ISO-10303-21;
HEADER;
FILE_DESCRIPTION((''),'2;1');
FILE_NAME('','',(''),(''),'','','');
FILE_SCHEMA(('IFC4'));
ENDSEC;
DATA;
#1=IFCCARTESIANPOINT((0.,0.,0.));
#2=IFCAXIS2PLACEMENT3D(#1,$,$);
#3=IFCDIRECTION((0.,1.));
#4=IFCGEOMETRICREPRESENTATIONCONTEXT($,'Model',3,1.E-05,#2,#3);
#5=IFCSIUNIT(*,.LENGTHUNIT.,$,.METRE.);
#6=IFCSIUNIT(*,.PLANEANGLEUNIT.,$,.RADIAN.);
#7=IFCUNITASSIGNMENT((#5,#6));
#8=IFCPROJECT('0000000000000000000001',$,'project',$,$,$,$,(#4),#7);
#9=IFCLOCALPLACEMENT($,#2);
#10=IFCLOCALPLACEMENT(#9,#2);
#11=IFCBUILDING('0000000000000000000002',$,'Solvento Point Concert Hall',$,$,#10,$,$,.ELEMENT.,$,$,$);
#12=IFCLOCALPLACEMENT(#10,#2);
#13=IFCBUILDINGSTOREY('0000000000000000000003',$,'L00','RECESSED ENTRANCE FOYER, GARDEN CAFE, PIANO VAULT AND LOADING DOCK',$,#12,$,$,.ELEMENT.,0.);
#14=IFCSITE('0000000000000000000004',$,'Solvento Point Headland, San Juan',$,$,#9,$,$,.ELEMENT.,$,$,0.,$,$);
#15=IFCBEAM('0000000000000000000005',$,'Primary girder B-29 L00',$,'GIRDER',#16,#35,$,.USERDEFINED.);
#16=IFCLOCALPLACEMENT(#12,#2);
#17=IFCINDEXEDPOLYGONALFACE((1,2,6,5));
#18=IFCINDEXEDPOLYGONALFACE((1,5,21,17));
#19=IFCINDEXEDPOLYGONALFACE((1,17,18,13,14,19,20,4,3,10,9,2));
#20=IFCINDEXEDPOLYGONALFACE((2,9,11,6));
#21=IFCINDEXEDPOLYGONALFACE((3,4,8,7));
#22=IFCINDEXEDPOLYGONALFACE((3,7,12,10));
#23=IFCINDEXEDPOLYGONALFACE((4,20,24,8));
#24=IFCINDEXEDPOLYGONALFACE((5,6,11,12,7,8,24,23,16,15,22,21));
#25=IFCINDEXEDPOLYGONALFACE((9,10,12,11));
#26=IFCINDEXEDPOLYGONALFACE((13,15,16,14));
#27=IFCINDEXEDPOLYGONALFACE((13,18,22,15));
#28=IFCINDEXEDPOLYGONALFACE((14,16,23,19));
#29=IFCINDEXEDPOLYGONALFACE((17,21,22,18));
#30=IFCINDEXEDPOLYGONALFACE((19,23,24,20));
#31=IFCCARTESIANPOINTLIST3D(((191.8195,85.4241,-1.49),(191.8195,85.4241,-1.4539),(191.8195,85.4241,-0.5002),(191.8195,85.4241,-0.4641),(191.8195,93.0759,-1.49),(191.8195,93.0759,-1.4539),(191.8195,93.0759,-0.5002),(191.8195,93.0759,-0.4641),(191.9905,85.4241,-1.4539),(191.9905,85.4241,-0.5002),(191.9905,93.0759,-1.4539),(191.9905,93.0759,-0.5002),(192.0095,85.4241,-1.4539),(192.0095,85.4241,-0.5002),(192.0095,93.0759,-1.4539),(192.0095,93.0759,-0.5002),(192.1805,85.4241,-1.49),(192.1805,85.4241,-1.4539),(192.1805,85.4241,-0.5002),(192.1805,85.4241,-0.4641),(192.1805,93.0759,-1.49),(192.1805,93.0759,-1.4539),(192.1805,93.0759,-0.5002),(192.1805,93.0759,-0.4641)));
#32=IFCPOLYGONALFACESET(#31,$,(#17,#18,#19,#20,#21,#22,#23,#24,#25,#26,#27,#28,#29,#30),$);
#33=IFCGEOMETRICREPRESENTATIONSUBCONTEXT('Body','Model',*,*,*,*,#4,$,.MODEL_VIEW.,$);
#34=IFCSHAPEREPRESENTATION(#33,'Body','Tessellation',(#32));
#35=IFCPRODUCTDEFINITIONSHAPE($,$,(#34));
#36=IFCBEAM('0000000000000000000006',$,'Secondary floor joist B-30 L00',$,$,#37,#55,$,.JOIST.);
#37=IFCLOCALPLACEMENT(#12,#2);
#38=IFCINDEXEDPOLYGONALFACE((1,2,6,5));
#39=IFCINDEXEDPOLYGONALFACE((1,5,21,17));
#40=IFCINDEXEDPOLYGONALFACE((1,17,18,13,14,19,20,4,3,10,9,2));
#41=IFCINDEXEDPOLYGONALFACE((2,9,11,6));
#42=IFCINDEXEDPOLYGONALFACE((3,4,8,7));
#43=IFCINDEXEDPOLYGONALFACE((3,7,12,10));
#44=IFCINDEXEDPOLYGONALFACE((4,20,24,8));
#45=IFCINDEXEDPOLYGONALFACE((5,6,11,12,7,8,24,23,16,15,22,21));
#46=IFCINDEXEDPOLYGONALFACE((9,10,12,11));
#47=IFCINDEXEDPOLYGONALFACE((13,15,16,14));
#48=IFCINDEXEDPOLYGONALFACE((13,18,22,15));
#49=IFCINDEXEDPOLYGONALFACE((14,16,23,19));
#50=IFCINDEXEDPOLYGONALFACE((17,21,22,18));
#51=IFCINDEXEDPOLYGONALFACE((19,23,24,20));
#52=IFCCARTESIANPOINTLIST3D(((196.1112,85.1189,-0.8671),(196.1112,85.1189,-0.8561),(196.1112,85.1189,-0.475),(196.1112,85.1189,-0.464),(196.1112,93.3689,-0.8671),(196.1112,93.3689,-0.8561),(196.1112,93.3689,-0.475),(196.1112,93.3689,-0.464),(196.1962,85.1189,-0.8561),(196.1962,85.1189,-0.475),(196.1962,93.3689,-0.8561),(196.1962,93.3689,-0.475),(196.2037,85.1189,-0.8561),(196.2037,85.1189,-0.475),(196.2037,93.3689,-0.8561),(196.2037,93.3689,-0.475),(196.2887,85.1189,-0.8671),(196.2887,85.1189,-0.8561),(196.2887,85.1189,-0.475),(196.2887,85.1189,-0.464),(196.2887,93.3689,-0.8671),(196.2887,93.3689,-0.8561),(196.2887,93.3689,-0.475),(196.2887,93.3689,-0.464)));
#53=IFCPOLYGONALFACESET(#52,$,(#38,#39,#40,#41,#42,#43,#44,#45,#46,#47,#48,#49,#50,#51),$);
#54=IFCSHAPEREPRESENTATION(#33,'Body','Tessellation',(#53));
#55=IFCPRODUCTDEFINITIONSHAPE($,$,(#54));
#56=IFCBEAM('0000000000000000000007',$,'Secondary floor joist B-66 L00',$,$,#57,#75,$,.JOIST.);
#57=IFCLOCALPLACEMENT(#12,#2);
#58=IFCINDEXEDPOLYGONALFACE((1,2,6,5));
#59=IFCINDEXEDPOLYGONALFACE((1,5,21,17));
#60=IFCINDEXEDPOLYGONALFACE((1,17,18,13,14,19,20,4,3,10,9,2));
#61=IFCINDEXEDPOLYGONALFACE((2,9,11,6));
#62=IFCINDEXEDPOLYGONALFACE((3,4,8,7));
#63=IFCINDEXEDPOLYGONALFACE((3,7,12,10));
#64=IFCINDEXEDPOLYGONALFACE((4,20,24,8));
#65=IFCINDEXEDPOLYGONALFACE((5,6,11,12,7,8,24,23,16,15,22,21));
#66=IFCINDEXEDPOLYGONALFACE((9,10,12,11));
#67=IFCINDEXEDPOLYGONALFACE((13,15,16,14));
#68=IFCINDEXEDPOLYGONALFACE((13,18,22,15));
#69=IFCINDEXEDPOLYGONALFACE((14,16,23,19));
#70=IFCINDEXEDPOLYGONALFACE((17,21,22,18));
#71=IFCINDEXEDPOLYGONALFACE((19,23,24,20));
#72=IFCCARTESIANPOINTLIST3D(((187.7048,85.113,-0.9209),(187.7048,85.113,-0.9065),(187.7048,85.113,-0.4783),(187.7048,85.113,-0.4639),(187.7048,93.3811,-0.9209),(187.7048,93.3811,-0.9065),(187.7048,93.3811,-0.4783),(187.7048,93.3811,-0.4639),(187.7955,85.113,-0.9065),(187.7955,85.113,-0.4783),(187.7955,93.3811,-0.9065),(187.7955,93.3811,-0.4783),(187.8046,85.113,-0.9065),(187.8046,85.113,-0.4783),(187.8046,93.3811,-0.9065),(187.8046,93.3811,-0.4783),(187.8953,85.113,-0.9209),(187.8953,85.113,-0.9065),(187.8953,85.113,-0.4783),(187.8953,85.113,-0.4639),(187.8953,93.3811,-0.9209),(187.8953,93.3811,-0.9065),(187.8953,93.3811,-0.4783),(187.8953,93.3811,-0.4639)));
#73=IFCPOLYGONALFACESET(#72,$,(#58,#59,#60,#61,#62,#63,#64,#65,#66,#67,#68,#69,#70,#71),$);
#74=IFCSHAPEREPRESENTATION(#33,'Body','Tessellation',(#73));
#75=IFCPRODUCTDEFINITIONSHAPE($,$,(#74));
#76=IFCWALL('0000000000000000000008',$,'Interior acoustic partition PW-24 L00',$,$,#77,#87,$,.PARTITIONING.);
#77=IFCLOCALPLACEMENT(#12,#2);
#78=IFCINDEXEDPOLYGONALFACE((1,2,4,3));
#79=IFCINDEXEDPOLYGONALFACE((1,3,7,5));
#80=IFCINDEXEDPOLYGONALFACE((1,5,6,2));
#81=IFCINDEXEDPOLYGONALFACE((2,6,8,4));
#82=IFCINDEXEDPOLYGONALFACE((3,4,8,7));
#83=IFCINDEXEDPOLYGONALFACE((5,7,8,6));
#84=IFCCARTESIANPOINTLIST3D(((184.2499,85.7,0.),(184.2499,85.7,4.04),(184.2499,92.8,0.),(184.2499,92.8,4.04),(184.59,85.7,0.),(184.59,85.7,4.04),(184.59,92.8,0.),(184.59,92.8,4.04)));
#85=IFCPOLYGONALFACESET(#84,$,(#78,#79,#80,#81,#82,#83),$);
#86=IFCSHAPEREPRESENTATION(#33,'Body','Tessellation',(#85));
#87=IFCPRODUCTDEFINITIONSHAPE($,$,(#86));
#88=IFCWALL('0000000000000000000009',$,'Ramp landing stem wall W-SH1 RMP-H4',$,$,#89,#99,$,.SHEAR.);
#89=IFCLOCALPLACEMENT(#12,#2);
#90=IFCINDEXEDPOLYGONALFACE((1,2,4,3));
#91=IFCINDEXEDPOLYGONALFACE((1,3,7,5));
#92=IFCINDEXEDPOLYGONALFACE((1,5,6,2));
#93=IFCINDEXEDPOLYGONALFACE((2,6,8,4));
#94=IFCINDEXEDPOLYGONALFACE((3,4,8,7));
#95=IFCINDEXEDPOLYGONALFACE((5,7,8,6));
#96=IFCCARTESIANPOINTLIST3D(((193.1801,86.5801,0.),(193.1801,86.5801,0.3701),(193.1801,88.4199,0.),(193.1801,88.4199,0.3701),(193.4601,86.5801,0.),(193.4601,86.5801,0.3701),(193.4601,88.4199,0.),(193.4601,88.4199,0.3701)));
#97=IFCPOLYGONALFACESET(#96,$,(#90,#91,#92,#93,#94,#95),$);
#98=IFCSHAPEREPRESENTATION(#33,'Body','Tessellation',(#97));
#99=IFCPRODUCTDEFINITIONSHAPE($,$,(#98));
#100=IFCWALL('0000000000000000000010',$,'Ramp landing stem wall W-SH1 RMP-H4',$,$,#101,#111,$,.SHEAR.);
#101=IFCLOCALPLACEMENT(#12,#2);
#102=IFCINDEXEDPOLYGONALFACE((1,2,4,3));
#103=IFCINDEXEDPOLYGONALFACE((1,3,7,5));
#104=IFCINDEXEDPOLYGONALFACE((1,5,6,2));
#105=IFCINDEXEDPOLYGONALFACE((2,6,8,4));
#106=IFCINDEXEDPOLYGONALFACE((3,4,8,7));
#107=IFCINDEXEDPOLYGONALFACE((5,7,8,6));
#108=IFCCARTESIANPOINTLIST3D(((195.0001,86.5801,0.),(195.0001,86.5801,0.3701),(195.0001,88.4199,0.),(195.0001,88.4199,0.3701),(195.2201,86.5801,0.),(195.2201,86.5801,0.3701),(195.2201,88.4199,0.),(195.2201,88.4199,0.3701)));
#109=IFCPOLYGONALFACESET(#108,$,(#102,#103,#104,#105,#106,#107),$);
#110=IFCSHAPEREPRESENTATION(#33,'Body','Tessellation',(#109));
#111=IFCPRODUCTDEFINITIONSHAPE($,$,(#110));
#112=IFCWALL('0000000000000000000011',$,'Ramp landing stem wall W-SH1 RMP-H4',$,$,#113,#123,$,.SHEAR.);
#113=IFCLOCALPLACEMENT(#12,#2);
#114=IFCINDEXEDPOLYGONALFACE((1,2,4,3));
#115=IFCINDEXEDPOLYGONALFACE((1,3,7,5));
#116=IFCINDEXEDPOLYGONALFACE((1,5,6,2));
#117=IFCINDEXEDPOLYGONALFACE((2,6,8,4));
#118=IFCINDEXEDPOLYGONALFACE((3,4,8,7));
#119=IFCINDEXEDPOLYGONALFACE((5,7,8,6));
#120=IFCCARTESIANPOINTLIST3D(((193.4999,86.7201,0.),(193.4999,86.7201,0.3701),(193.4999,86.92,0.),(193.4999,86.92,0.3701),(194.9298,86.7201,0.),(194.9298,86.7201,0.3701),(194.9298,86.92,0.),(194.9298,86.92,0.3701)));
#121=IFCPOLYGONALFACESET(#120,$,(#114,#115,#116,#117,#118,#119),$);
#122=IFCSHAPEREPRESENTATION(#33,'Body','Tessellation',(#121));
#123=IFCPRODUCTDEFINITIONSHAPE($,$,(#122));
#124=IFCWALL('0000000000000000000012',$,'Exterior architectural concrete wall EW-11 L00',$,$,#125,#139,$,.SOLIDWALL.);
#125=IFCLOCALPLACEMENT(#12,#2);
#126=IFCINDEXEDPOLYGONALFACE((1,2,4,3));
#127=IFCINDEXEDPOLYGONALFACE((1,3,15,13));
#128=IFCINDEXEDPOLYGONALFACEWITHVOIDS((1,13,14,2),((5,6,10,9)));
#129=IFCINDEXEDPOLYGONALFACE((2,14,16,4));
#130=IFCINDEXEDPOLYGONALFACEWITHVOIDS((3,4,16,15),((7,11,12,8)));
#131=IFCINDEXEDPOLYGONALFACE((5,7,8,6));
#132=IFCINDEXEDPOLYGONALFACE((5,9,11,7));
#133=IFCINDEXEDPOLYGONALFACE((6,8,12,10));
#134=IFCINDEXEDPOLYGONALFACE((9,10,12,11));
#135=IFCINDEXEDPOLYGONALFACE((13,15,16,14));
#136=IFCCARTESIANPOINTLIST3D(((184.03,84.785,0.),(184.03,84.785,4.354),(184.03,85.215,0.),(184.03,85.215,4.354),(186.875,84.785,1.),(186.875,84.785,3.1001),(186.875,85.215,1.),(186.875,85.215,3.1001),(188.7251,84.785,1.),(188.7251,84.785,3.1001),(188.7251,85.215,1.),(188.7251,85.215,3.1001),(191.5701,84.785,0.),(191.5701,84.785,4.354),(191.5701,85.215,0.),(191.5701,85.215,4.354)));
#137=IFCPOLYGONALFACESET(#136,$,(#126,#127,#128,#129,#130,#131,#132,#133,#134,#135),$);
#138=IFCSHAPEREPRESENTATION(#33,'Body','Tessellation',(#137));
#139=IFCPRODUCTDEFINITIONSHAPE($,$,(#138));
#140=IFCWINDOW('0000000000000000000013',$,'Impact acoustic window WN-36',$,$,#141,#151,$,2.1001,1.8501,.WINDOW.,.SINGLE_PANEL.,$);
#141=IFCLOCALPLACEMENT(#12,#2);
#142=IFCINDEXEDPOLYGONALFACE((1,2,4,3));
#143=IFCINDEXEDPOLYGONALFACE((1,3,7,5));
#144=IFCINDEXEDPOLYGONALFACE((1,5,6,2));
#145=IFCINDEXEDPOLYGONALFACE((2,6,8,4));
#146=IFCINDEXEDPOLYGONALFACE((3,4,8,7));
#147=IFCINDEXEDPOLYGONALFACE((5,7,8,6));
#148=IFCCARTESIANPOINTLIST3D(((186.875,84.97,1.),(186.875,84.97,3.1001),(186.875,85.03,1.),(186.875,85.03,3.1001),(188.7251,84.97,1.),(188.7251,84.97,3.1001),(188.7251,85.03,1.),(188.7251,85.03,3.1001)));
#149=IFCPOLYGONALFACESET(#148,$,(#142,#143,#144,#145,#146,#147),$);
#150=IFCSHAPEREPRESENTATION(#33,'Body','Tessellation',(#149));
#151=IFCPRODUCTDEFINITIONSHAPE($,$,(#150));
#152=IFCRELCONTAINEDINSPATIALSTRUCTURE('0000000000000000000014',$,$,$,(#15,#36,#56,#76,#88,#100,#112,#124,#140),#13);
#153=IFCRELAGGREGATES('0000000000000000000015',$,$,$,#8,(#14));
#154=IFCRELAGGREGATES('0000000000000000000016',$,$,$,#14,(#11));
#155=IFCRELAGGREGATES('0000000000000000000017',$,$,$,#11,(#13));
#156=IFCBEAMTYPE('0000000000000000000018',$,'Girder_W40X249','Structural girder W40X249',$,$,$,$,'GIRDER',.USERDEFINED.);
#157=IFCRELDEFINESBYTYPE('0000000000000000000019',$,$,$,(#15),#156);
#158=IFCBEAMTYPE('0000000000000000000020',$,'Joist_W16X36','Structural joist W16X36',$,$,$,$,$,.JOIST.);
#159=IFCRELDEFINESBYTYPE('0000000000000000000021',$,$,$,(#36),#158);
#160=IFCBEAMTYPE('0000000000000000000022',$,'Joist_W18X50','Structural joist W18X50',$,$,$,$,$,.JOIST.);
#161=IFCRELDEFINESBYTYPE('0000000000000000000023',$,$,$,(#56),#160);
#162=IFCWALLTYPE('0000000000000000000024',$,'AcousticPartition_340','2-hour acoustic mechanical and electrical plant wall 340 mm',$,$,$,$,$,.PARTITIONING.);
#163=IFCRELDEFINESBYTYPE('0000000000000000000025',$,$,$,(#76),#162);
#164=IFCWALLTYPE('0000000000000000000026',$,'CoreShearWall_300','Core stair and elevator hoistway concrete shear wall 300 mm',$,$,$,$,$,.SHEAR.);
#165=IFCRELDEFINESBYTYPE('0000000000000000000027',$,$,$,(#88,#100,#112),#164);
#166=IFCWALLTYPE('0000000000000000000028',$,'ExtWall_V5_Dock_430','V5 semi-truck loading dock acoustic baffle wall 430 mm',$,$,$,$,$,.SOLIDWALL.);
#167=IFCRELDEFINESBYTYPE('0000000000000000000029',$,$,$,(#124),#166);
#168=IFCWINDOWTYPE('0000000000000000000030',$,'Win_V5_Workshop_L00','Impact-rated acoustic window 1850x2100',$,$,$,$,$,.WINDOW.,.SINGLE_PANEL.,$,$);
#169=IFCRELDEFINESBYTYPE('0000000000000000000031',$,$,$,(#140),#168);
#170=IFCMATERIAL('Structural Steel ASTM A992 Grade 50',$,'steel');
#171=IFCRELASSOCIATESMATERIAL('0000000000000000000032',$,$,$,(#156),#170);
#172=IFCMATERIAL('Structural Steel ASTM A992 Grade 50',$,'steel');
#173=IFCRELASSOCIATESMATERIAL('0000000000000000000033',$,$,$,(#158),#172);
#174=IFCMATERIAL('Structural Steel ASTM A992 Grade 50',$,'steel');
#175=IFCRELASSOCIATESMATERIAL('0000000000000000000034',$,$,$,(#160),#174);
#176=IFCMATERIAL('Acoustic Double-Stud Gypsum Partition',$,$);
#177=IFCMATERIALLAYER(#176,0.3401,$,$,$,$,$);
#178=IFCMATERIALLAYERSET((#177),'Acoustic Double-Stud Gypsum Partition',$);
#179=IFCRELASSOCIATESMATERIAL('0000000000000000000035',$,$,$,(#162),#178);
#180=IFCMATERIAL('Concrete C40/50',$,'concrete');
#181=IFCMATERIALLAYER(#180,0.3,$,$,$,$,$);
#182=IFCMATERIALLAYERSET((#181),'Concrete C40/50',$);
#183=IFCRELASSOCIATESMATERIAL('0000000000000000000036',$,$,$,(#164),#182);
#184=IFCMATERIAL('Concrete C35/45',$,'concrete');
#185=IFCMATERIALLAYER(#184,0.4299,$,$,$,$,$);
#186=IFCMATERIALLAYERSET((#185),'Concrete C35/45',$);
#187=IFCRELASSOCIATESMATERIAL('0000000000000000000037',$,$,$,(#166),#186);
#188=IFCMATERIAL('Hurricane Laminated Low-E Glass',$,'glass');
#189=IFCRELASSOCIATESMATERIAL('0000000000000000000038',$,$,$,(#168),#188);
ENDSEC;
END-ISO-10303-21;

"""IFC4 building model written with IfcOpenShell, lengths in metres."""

from ifc_helpers import new_model, si_unit, direction, frame, frame_2d, origin, origin_2d, place, context, subcontext, project, spatial, rectangle, i_section, extrude, material, layer, layer_set, material_profile, profile_set, type_object, element, fill, save


model = new_model("IFC4")

# Units and contexts
model_context = context("Model", 3, precision=1e-05, world=origin(), true_north=direction((0.0, 1.0)))
body_context = subcontext(model_context, "Body", "Model", "MODEL_VIEW")
ifc_project = project(units=[si_unit("LENGTHUNIT", "METRE"), si_unit("PLANEANGLEUNIT", "RADIAN")], contexts=[model_context])

# Site, building, storey
site_placement = place(None, origin())
site = spatial("IfcSite", under=ifc_project, at=site_placement, Name="Solvento Point Headland, San Juan", CompositionType="ELEMENT", RefElevation=0.0)
building_placement = place(site_placement, origin())
building = spatial("IfcBuilding", under=site, at=building_placement, Name="Solvento Point Concert Hall", CompositionType="ELEMENT")
storey_placement = place(building_placement, origin())
storey = spatial("IfcBuildingStorey", under=building, at=storey_placement, Name="L00", Description="RECESSED ENTRANCE FOYER, GARDEN CAFE, PIANO VAULT AND LOADING DOCK", CompositionType="ELEMENT", Elevation=0.0)

# Beams
ifc_material_1 = material(Name="Structural Steel ASTM A992 Grade 50", Category="steel")
ifc_material_profile_1 = material_profile(ifc_material_1, i_section(OverallWidth=0.3611, OverallDepth=1.0259, WebThickness=0.019, FlangeThickness=0.0361, at=origin_2d()), Name="W40X249")
ifc_profile_set_1 = profile_set([ifc_material_profile_1], Name="Structural Steel ASTM A992 Grade 50")
beam_type_1 = type_object("IfcBeamType", Name="Girder_W40X249", Description="Structural girder W40X249", ElementType="GIRDER", PredefinedType="USERDEFINED", material=ifc_profile_set_1)
beam_1_placement = place(storey_placement, frame((192.0, 85.4241, -0.9771), z_axis=(0.0, 1.0, 0.0), x_axis=(-1.0, 0.0, 0.0)))
element("IfcBeam", 1, at=beam_1_placement, inside=storey, type_object=beam_type_1, Name="Primary girder B-29 L00", ObjectType="GIRDER", PredefinedType="USERDEFINED", context=body_context, shape_type="SweptSolid", body=[
    extrude(i_section(OverallWidth=0.3611, OverallDepth=1.0259, WebThickness=0.019, FlangeThickness=0.0361, at=origin_2d()), origin(), (0.0, 0.0, 1.0), 7.6519),
])
ifc_material_2 = material(Name="Structural Steel ASTM A992 Grade 50", Category="steel")
ifc_material_profile_2 = material_profile(ifc_material_2, i_section(OverallWidth=0.1775, OverallDepth=0.4031, WebThickness=0.0076, FlangeThickness=0.011, at=origin_2d()), Name="W16X36")
ifc_profile_set_2 = profile_set([ifc_material_profile_2], Name="Structural Steel ASTM A992 Grade 50")
beam_type_2 = type_object("IfcBeamType", Name="Joist_W16X36", Description="Structural joist W16X36", PredefinedType="JOIST", material=ifc_profile_set_2)
beam_2_placement = place(storey_placement, frame((196.2, 85.1189, -0.6655), z_axis=(0.0, 1.0, 0.0), x_axis=(-1.0, 0.0, 0.0)))
element("IfcBeam", 2, at=beam_2_placement, inside=storey, type_object=beam_type_2, Name="Secondary floor joist B-30 L00", PredefinedType="JOIST", context=body_context, shape_type="SweptSolid", body=[
    extrude(i_section(OverallWidth=0.1775, OverallDepth=0.4031, WebThickness=0.0076, FlangeThickness=0.011, at=origin_2d()), origin(), (0.0, 0.0, 1.0), 8.25),
])
ifc_material_3 = material(Name="Structural Steel ASTM A992 Grade 50", Category="steel")
ifc_material_profile_3 = material_profile(ifc_material_3, i_section(OverallWidth=0.1904, OverallDepth=0.457, WebThickness=0.009, FlangeThickness=0.0144, at=origin_2d()), Name="W18X50")
ifc_profile_set_3 = profile_set([ifc_material_profile_3], Name="Structural Steel ASTM A992 Grade 50")
beam_type_3 = type_object("IfcBeamType", Name="Joist_W18X50", Description="Structural joist W18X50", PredefinedType="JOIST", material=ifc_profile_set_3)
beam_3_placement = place(storey_placement, frame((187.8, 85.113, -0.6924), z_axis=(0.0, 1.0, 0.0), x_axis=(-1.0, 0.0, 0.0)))
element("IfcBeam", 3, at=beam_3_placement, inside=storey, type_object=beam_type_3, Name="Secondary floor joist B-66 L00", PredefinedType="JOIST", context=body_context, shape_type="SweptSolid", body=[
    extrude(i_section(OverallWidth=0.1904, OverallDepth=0.457, WebThickness=0.009, FlangeThickness=0.0144, at=origin_2d()), origin(), (0.0, 0.0, 1.0), 8.2681),
])

# Walls
ifc_material_4 = material(Name="Acoustic Double-Stud Gypsum Partition")
ifc_layer_1 = layer(ifc_material_4, 0.3401)
ifc_layer_set_1 = layer_set([ifc_layer_1], Name="Acoustic Double-Stud Gypsum Partition")
wall_type_1 = type_object("IfcWallType", Name="AcousticPartition_340", Description="2-hour acoustic mechanical and electrical plant wall 340 mm", PredefinedType="PARTITIONING", material=ifc_layer_set_1)
wall_1_placement = place(storey_placement, frame((184.4199, 85.7, 0.0), z_axis=(0.0, 0.0, 1.0), x_axis=(0.0, 1.0, 0.0)))
element("IfcWall", 4, at=wall_1_placement, inside=storey, type_object=wall_type_1, Name="Interior acoustic partition PW-24 L00", PredefinedType="PARTITIONING", context=body_context, shape_type="SweptSolid", body=[
    extrude(rectangle(XDim=7.1001, YDim=0.3401, at=frame_2d((3.55, 0.0))), origin(), (0.0, 0.0, 1.0), 4.04),
])
ifc_material_5 = material(Name="Concrete C40/50", Category="concrete")
ifc_layer_2 = layer(ifc_material_5, 0.3)
ifc_layer_set_2 = layer_set([ifc_layer_2], Name="Concrete C40/50")
wall_type_2 = type_object("IfcWallType", Name="CoreShearWall_300", Description="Core stair and elevator hoistway concrete shear wall 300 mm", PredefinedType="SHEAR", material=ifc_layer_set_2)
wall_2_placement = place(storey_placement, frame((193.3201, 86.5801, 0.0), z_axis=(0.0, 0.0, 1.0), x_axis=(0.0, 1.0, 0.0)))
element("IfcWall", 5, at=wall_2_placement, inside=storey, type_object=wall_type_2, Name="Ramp landing stem wall W-SH1 RMP-H4", PredefinedType="SHEAR", context=body_context, shape_type="SweptSolid", body=[
    extrude(rectangle(XDim=1.8398, YDim=0.28, at=frame_2d((0.9199, 0.0))), origin(), (0.0, 0.0, 1.0), 0.3701),
])
wall_3_placement = place(storey_placement, frame((195.1101, 86.5801, 0.0), z_axis=(0.0, 0.0, 1.0), x_axis=(0.0, 1.0, 0.0)))
element("IfcWall", 6, at=wall_3_placement, inside=storey, type_object=wall_type_2, Name="Ramp landing stem wall W-SH1 RMP-H4", PredefinedType="SHEAR", context=body_context, shape_type="SweptSolid", body=[
    extrude(rectangle(XDim=1.8398, YDim=0.22, at=frame_2d((0.9199, 0.0))), origin(), (0.0, 0.0, 1.0), 0.3701),
])
wall_4_placement = place(storey_placement, frame((193.5, 86.8201, 0.0), z_axis=(0.0, 0.0, 1.0), x_axis=(1.0, 0.0, 0.0)))
element("IfcWall", 7, at=wall_4_placement, inside=storey, type_object=wall_type_2, Name="Ramp landing stem wall W-SH1 RMP-H4", PredefinedType="SHEAR", context=body_context, shape_type="SweptSolid", body=[
    extrude(rectangle(XDim=1.4299, YDim=0.2, at=frame_2d((0.7148, 0.0))), origin(), (0.0, 0.0, 1.0), 0.3701),
])

# Wall, opening, window
ifc_material_6 = material(Name="Concrete C35/45", Category="concrete")
ifc_layer_3 = layer(ifc_material_6, 0.4299)
ifc_layer_set_3 = layer_set([ifc_layer_3], Name="Concrete C35/45")
wall_type_3 = type_object("IfcWallType", Name="ExtWall_V5_Dock_430", Description="V5 semi-truck loading dock acoustic baffle wall 430 mm", PredefinedType="SOLIDWALL", material=ifc_layer_set_3)
wall_5_placement = place(storey_placement, frame((191.5701, 85.0, 0.0), z_axis=(0.0, 0.0, 1.0), x_axis=(-1.0, 0.0, 0.0)))
wall_5 = element("IfcWall", 8, at=wall_5_placement, inside=storey, type_object=wall_type_3, Name="Exterior architectural concrete wall EW-11 L00", PredefinedType="SOLIDWALL", context=body_context, shape_type="SweptSolid", body=[
    extrude(rectangle(XDim=7.54, YDim=0.4299, at=frame_2d((3.77, 0.0))), origin(), (0.0, 0.0, 1.0), 4.354),
])
opening_1_placement = place(wall_5_placement, frame((2.845, 0.0, 1.0)))
opening_1 = element("IfcOpeningElement", 9, at=opening_1_placement, cuts=wall_5, PredefinedType="OPENING", context=body_context, shape_type="SweptSolid", body=[
    extrude(rectangle(XDim=1.8501, YDim=2.1001, at=frame_2d((0.925, 1.05))), frame((0.0, 0.2249, 0.0), z_axis=(0.0, -1.0, 0.0), x_axis=(1.0, 0.0, 0.0)), (0.0, 0.0, 1.0), 0.45),
])
ifc_material_7 = material(Name="Hurricane Laminated Low-E Glass", Category="glass")
window_type = type_object("IfcWindowType", Name="Win_V5_Workshop_L00", Description="Impact-rated acoustic window 1850x2100", PartitioningType="SINGLE_PANEL", PredefinedType="WINDOW", material=ifc_material_7)
window_1_placement = place(opening_1_placement, origin())
window_1 = element("IfcWindow", 10, at=window_1_placement, inside=storey, type_object=window_type, Name="Impact acoustic window WN-36", OverallHeight=2.1001, OverallWidth=1.8501, PartitioningType="SINGLE_PANEL", PredefinedType="WINDOW", context=body_context, shape_type="SweptSolid", body=[
    extrude(rectangle(XDim=1.8501, YDim=2.1001, at=frame_2d((0.925, 1.05))), frame((0.0, 0.03, 0.0), z_axis=(0.0, -1.0, 0.0), x_axis=(1.0, 0.0, 0.0)), (0.0, 0.0, 1.0), 0.0601),
])
fill(opening_1, window_1)

save(model, "model.ifc")
